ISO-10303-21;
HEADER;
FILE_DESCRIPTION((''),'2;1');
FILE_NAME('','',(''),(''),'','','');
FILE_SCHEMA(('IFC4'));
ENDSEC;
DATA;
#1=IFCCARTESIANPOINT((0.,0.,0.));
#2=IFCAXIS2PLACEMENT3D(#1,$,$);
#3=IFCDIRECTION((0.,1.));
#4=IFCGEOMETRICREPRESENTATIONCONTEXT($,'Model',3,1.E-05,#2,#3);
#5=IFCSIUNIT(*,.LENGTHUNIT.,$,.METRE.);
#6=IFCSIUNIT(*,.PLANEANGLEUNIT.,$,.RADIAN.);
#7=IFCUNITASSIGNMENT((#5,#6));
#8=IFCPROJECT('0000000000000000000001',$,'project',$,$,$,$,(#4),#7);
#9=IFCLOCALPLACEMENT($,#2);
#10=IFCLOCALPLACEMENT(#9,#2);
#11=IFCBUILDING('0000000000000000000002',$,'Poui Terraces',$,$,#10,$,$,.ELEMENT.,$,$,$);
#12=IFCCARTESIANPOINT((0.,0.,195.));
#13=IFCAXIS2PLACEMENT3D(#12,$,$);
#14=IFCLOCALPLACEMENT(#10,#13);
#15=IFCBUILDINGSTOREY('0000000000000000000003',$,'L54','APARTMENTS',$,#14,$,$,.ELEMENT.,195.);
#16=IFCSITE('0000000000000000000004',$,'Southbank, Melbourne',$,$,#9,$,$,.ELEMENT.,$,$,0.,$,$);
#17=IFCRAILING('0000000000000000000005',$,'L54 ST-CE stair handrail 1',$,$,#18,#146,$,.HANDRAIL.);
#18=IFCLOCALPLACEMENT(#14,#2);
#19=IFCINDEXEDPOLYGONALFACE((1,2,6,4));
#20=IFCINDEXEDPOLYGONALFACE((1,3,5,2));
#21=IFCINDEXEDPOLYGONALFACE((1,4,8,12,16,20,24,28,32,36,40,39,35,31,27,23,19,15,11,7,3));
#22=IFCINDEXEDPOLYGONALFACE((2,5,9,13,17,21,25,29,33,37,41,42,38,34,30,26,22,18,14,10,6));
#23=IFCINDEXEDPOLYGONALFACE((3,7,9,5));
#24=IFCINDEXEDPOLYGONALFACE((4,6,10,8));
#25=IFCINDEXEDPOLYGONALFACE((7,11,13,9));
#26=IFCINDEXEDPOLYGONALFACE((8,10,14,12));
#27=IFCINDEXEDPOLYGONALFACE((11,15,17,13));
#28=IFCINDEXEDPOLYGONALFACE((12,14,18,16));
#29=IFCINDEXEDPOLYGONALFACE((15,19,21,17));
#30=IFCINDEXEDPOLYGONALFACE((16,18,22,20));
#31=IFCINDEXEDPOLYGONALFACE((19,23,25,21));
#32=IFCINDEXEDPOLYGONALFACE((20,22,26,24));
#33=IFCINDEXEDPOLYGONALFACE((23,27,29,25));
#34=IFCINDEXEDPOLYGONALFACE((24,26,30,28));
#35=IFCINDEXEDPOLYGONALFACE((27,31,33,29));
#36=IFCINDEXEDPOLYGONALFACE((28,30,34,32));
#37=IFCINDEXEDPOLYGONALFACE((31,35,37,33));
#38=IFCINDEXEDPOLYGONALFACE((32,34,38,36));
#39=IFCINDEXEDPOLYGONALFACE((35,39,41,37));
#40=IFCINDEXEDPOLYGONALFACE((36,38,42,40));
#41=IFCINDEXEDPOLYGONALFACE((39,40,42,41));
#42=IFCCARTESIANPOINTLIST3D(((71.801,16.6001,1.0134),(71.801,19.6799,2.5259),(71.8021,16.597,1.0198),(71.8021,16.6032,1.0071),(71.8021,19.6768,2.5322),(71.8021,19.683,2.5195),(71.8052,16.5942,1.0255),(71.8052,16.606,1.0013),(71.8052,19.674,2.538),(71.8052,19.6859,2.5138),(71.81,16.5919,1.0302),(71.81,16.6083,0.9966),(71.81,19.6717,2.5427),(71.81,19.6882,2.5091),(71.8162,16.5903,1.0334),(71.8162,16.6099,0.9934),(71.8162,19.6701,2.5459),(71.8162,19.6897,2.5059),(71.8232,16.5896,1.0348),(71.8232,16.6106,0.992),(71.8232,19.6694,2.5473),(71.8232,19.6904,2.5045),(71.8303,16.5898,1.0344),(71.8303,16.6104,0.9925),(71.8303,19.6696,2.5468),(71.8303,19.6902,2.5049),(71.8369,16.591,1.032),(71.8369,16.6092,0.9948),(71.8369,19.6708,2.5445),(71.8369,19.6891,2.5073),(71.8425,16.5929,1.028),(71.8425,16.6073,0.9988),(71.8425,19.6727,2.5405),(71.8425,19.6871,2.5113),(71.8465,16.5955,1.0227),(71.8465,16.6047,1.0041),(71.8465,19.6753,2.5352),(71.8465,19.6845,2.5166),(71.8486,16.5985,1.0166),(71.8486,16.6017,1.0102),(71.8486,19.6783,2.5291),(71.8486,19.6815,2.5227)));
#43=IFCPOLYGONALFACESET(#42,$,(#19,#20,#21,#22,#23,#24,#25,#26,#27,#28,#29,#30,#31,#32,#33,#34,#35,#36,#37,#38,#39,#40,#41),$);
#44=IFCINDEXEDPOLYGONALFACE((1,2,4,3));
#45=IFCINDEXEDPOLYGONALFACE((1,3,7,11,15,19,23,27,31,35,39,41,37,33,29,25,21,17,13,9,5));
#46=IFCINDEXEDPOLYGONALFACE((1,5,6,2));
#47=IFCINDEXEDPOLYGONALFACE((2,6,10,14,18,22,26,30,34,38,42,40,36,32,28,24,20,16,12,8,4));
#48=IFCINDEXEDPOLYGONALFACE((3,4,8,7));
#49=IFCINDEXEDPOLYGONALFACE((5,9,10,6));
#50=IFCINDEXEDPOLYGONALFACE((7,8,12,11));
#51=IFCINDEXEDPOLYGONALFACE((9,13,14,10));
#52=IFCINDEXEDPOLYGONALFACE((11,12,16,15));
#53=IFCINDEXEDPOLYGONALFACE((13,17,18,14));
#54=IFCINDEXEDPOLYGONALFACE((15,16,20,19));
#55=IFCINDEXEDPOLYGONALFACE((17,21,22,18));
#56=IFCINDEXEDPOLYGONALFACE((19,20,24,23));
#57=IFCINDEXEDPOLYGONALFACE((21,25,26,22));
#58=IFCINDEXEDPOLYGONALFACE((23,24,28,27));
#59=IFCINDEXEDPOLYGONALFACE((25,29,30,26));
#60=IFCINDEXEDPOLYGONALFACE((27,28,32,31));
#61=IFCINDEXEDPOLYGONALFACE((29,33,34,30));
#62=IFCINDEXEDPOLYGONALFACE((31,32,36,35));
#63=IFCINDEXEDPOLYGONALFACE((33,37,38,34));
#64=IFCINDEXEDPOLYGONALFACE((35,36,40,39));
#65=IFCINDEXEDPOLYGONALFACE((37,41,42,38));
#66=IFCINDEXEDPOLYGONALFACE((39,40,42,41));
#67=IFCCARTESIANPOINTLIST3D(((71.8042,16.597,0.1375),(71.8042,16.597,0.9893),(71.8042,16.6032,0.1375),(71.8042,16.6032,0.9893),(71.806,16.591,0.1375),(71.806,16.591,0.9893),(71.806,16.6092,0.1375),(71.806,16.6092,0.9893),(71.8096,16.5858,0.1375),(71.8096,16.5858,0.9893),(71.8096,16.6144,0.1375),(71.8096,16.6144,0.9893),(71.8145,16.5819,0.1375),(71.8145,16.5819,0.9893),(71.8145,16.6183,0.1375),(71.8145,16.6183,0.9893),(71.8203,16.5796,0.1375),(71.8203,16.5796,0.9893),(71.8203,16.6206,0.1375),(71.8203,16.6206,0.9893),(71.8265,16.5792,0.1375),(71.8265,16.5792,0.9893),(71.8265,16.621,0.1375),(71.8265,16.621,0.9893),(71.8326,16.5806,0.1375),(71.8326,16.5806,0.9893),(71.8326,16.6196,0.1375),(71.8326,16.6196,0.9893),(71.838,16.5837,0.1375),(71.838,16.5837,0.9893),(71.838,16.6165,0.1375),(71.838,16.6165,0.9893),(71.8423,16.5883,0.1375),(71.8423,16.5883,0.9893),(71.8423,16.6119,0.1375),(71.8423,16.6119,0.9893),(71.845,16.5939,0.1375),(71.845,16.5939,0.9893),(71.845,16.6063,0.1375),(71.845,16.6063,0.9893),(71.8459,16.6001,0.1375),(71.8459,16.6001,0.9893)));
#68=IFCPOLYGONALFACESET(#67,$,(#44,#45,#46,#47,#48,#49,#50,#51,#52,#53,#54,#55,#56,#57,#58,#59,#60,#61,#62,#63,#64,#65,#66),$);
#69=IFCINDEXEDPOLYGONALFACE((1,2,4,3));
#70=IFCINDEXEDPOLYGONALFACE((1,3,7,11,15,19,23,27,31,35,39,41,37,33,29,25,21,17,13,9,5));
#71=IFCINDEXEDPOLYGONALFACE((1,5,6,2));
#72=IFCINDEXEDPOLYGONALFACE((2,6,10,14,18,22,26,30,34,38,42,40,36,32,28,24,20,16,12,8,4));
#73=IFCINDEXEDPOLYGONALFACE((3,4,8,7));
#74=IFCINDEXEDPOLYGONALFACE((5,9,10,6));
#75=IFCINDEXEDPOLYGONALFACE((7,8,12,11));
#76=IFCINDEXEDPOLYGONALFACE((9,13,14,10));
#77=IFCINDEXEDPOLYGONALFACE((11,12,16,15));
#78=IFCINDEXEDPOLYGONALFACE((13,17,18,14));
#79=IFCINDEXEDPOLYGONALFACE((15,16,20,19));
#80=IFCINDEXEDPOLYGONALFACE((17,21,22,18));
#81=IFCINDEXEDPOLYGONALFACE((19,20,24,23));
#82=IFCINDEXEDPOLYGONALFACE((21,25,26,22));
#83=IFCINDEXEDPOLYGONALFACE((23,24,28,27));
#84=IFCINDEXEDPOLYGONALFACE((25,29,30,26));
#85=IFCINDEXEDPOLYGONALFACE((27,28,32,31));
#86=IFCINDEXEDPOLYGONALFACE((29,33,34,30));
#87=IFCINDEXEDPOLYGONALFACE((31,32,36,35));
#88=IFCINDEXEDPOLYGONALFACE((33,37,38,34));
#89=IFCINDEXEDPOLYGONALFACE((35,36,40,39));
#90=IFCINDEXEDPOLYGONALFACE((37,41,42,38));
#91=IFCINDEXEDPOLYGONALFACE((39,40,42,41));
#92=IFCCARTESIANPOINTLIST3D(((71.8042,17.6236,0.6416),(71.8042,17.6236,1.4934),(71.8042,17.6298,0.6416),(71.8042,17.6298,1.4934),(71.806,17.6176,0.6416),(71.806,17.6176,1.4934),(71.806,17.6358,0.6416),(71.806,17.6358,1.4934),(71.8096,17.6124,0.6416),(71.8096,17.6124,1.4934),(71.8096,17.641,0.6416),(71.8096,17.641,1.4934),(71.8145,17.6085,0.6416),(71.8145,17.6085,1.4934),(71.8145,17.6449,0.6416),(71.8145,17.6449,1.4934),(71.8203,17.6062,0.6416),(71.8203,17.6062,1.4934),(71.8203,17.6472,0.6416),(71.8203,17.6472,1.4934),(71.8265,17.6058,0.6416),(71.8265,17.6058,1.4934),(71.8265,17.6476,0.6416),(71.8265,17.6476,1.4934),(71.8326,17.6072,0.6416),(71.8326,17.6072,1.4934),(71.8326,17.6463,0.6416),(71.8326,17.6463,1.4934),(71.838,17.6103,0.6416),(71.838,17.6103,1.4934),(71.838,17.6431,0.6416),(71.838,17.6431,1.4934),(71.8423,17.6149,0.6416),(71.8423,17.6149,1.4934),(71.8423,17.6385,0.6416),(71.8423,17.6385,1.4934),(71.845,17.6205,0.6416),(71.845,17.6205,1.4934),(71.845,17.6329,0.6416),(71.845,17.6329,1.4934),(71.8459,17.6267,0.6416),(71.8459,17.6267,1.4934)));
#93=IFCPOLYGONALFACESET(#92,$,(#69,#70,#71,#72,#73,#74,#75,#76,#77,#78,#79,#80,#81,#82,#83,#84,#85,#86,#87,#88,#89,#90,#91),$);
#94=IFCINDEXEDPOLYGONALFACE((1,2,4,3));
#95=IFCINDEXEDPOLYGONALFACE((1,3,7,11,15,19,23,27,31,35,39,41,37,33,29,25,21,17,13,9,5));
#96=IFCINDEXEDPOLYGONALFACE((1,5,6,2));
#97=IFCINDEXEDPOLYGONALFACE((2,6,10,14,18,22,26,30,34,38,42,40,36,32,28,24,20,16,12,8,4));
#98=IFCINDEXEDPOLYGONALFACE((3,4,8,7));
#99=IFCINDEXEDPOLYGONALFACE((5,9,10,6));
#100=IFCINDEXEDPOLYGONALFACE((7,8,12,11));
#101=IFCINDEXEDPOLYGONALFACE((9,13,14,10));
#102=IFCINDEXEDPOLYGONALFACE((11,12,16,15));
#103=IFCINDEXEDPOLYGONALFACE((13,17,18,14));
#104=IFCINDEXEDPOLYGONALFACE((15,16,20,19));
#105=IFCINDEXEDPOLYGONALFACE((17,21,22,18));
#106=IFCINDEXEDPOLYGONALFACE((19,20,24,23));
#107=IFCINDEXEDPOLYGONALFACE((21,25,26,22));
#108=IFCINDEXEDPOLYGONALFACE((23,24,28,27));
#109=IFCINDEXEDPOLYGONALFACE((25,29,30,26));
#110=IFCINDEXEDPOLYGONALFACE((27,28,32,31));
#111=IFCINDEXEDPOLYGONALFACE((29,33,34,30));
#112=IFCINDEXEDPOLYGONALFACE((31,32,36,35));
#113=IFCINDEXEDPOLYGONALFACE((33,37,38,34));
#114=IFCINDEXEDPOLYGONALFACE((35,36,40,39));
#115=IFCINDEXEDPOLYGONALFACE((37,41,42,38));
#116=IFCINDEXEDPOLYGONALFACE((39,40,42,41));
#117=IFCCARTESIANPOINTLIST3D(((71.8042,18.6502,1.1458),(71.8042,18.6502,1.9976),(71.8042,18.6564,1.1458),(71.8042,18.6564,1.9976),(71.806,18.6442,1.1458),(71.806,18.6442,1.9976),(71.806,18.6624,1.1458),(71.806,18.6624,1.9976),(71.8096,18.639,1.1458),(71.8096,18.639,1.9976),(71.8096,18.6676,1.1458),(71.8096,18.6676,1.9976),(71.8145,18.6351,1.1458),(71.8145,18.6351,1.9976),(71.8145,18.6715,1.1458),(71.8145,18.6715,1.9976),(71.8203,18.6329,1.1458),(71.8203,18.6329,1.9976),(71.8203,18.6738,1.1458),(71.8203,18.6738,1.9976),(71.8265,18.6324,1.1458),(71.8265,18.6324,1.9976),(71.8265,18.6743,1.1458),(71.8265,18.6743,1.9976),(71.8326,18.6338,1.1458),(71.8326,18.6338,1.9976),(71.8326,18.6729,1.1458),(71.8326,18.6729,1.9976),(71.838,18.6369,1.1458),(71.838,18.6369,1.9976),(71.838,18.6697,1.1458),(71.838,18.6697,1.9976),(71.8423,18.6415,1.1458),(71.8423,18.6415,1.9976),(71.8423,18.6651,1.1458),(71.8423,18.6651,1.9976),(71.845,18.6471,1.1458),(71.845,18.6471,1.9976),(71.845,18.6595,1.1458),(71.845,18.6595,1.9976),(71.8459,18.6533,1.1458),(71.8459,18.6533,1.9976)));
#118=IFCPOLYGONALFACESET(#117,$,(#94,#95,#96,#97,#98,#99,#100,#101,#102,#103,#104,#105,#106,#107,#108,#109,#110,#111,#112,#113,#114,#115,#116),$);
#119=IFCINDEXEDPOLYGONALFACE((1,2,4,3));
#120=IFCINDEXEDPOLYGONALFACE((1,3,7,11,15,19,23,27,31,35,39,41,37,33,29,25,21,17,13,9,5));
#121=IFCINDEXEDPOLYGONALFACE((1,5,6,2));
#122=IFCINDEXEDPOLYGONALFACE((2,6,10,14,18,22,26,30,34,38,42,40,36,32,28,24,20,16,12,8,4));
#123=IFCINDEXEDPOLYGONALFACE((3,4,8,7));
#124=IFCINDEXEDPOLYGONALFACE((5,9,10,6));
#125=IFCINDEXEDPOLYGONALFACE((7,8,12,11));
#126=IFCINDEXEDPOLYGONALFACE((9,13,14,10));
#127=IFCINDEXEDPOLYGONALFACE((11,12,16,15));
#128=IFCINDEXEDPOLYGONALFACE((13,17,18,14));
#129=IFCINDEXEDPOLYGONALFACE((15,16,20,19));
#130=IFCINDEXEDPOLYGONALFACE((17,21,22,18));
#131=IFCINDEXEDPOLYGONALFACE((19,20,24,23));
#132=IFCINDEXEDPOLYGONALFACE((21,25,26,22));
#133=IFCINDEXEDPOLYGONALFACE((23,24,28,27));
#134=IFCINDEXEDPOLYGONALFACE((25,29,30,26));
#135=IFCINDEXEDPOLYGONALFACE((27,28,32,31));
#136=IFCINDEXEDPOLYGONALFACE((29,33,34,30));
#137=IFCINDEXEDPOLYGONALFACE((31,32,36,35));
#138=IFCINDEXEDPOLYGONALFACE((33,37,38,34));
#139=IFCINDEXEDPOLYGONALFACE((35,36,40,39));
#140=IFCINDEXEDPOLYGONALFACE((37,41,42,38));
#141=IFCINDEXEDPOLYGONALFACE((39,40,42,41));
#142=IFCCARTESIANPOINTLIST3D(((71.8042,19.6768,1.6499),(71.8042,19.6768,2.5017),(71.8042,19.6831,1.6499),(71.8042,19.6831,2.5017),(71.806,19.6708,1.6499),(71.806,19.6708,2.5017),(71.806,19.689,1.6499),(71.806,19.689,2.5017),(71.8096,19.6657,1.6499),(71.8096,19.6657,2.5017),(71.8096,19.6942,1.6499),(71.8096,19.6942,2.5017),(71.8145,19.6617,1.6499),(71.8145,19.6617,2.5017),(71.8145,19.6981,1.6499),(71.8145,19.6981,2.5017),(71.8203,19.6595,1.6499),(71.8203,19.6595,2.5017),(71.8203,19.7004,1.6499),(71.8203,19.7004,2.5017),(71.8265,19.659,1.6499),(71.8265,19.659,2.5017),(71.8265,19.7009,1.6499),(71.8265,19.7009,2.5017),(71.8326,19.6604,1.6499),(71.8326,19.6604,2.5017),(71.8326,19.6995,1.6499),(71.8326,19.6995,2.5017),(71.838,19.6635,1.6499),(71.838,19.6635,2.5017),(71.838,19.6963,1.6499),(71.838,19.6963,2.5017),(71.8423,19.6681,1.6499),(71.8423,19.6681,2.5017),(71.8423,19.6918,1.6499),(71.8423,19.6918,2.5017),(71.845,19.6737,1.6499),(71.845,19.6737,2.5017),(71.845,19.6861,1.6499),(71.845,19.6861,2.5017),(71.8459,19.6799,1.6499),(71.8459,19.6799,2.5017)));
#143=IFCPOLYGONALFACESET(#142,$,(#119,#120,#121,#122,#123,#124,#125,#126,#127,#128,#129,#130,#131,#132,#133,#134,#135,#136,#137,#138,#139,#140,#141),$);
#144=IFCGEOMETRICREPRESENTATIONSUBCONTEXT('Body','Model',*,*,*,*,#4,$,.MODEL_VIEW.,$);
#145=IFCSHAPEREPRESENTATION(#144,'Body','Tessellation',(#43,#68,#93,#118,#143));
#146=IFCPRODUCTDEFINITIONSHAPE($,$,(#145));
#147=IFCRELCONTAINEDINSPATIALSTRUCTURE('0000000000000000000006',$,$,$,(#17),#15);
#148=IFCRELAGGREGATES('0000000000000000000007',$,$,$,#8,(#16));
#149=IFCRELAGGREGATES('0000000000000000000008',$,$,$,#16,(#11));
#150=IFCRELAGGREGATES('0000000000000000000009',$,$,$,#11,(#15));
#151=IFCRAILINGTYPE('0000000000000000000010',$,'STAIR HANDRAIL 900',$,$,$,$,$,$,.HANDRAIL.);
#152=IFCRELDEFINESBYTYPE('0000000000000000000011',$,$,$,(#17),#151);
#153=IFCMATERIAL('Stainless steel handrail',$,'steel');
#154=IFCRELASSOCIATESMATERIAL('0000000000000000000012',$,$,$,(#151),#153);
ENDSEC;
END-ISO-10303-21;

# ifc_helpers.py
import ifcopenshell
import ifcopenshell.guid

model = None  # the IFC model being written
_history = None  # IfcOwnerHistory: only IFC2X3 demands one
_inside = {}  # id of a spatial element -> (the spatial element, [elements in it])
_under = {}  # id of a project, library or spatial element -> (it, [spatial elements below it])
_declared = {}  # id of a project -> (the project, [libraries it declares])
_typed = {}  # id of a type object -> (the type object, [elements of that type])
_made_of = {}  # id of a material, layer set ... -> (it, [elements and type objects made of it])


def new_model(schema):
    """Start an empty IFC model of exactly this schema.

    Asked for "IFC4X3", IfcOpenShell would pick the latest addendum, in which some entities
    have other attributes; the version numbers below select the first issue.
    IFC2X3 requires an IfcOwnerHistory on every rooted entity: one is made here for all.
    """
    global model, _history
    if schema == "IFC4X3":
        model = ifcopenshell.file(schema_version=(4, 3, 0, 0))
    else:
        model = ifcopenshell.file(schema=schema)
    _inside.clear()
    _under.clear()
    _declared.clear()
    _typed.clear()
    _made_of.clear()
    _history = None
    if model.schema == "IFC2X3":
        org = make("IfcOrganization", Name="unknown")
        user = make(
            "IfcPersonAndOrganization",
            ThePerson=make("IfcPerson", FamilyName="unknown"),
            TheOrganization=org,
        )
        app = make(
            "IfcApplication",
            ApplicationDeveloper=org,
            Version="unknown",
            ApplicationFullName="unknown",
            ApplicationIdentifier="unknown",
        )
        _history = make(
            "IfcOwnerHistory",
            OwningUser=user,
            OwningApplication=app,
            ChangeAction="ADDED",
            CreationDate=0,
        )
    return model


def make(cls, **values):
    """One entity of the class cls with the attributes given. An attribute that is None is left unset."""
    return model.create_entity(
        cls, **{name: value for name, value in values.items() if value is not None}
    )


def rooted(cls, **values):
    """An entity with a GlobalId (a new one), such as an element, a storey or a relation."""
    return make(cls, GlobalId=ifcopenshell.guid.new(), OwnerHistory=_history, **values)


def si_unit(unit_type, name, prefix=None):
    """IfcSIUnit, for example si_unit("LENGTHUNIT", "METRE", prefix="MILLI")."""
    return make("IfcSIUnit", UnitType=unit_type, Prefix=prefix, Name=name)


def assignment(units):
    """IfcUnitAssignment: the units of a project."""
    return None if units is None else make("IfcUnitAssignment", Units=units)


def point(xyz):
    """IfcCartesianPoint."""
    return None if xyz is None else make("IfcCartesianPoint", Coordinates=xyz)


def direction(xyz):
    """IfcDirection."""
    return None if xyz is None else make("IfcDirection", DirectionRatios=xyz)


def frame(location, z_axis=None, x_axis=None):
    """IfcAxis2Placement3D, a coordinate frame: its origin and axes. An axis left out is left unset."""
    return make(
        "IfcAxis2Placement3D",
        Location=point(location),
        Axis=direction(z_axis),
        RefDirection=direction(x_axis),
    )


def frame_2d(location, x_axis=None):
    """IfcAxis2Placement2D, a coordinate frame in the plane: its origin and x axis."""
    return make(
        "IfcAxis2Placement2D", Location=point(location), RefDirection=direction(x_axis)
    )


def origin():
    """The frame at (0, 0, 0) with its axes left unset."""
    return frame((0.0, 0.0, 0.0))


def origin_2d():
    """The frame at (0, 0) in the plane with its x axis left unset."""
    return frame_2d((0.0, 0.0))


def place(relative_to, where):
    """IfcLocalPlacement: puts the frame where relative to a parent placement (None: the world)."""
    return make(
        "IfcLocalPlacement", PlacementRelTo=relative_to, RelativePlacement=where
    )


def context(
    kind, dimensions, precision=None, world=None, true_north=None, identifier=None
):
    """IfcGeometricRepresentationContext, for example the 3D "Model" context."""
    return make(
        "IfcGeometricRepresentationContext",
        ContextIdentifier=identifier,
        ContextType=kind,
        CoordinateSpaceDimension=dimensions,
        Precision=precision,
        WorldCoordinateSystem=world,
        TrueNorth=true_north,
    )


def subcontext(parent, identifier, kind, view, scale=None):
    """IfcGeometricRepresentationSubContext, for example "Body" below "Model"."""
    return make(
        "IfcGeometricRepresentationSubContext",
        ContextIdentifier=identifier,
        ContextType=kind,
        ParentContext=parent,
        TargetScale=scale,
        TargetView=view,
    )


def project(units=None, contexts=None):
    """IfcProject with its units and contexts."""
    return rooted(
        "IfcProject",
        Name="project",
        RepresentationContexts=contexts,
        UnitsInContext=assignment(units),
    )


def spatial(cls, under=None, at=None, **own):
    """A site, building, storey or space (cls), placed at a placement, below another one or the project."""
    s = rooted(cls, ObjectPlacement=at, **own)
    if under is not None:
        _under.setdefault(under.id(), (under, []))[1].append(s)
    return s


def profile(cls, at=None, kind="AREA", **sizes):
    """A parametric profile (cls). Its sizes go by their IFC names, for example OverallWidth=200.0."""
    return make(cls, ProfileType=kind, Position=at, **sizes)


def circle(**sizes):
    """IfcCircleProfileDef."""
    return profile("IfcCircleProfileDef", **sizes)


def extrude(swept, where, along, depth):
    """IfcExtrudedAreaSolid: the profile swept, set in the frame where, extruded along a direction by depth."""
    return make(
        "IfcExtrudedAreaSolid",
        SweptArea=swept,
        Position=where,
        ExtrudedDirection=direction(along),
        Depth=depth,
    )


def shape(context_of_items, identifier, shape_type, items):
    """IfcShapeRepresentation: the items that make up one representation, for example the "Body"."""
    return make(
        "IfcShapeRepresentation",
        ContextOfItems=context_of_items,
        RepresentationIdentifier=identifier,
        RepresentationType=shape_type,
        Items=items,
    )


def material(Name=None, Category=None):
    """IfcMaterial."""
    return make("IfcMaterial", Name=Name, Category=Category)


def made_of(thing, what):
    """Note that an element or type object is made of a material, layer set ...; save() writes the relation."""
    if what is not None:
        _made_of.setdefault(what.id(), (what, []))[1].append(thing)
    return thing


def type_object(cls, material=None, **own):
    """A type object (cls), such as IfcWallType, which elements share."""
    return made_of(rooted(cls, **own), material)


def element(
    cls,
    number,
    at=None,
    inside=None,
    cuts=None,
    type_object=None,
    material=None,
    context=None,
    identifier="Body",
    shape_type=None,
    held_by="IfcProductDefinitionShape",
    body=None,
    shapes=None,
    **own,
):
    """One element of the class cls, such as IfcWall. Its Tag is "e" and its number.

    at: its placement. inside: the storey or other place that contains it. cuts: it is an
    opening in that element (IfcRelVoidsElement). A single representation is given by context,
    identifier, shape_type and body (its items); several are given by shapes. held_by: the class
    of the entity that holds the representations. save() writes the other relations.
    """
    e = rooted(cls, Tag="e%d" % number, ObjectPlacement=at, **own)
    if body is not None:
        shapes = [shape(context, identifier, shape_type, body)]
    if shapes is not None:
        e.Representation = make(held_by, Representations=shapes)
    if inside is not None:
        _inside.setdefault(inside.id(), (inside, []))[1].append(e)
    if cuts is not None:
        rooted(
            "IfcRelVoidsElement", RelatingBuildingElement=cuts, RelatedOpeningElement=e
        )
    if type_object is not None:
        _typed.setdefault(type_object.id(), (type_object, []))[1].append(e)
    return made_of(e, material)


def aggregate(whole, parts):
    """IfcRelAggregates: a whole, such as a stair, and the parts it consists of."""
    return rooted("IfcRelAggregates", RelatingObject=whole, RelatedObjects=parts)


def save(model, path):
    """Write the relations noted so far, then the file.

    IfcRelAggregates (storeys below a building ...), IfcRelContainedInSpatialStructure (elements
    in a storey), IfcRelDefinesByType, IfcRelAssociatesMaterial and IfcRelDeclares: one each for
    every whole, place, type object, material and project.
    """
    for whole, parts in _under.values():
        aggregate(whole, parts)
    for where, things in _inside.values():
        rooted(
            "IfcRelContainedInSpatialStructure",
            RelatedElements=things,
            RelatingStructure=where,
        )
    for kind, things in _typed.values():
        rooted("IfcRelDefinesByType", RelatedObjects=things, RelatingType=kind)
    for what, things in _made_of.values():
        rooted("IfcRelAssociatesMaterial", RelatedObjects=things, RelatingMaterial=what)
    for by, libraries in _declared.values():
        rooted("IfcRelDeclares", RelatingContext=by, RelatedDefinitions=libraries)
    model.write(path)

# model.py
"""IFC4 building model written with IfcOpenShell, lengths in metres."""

from ifc_helpers import new_model, si_unit, direction, frame, origin, origin_2d, place, context, subcontext, project, spatial, circle, extrude, material, type_object, element, save


model = new_model("IFC4")

# Units and contexts
model_context = context("Model", 3, precision=1e-05, world=origin(), true_north=direction((0.0, 1.0)))
body_context = subcontext(model_context, "Body", "Model", "MODEL_VIEW")
ifc_project = project(units=[si_unit("LENGTHUNIT", "METRE"), si_unit("PLANEANGLEUNIT", "RADIAN")], contexts=[model_context])

# Site, building, storey
site_placement = place(None, origin())
site = spatial("IfcSite", under=ifc_project, at=site_placement, Name="Southbank, Melbourne", CompositionType="ELEMENT", RefElevation=0.0)
building_placement = place(site_placement, origin())
building = spatial("IfcBuilding", under=site, at=building_placement, Name="Poui Terraces", CompositionType="ELEMENT")
storey_placement = place(building_placement, frame((0.0, 0.0, 195.0)))
storey = spatial("IfcBuildingStorey", under=building, at=storey_placement, Name="L54", Description="APARTMENTS", CompositionType="ELEMENT", Elevation=195.0)

# Railing
ifc_material_1 = material(Name="Stainless steel handrail", Category="steel")
railing_type_1 = type_object("IfcRailingType", Name="STAIR HANDRAIL 900", PredefinedType="HANDRAIL", material=ifc_material_1)
railing_1_placement = place(storey_placement, frame((71.825, 16.6001, 0.1375)))
element("IfcRailing", 1, at=railing_1_placement, inside=storey, type_object=railing_type_1, Name="L54 ST-CE stair handrail 1", PredefinedType="HANDRAIL", context=body_context, shape_type="SweptSolid", body=[
    extrude(circle(Radius=0.0239, at=origin_2d()), frame((0.0, 0.0, 0.876), z_axis=(0.0, 0.897606, 0.440798), x_axis=(-1.0, 0.0, 0.0)), (0.0, 0.0, 1.0), 3.4312),
    extrude(circle(Radius=0.021, at=origin_2d()), origin(), (0.0, 0.0, 1.0), 0.8518),
    extrude(circle(Radius=0.021, at=origin_2d()), frame((0.0, 1.0266, 0.5042)), (0.0, 0.0, 1.0), 0.8518),
    extrude(circle(Radius=0.021, at=origin_2d()), frame((0.0, 2.0532, 1.0083)), (0.0, 0.0, 1.0), 0.8518),
    extrude(circle(Radius=0.021, at=origin_2d()), frame((0.0, 3.0798, 1.5125)), (0.0, 0.0, 1.0), 0.8518),
])

save(model, "model.ifc")
